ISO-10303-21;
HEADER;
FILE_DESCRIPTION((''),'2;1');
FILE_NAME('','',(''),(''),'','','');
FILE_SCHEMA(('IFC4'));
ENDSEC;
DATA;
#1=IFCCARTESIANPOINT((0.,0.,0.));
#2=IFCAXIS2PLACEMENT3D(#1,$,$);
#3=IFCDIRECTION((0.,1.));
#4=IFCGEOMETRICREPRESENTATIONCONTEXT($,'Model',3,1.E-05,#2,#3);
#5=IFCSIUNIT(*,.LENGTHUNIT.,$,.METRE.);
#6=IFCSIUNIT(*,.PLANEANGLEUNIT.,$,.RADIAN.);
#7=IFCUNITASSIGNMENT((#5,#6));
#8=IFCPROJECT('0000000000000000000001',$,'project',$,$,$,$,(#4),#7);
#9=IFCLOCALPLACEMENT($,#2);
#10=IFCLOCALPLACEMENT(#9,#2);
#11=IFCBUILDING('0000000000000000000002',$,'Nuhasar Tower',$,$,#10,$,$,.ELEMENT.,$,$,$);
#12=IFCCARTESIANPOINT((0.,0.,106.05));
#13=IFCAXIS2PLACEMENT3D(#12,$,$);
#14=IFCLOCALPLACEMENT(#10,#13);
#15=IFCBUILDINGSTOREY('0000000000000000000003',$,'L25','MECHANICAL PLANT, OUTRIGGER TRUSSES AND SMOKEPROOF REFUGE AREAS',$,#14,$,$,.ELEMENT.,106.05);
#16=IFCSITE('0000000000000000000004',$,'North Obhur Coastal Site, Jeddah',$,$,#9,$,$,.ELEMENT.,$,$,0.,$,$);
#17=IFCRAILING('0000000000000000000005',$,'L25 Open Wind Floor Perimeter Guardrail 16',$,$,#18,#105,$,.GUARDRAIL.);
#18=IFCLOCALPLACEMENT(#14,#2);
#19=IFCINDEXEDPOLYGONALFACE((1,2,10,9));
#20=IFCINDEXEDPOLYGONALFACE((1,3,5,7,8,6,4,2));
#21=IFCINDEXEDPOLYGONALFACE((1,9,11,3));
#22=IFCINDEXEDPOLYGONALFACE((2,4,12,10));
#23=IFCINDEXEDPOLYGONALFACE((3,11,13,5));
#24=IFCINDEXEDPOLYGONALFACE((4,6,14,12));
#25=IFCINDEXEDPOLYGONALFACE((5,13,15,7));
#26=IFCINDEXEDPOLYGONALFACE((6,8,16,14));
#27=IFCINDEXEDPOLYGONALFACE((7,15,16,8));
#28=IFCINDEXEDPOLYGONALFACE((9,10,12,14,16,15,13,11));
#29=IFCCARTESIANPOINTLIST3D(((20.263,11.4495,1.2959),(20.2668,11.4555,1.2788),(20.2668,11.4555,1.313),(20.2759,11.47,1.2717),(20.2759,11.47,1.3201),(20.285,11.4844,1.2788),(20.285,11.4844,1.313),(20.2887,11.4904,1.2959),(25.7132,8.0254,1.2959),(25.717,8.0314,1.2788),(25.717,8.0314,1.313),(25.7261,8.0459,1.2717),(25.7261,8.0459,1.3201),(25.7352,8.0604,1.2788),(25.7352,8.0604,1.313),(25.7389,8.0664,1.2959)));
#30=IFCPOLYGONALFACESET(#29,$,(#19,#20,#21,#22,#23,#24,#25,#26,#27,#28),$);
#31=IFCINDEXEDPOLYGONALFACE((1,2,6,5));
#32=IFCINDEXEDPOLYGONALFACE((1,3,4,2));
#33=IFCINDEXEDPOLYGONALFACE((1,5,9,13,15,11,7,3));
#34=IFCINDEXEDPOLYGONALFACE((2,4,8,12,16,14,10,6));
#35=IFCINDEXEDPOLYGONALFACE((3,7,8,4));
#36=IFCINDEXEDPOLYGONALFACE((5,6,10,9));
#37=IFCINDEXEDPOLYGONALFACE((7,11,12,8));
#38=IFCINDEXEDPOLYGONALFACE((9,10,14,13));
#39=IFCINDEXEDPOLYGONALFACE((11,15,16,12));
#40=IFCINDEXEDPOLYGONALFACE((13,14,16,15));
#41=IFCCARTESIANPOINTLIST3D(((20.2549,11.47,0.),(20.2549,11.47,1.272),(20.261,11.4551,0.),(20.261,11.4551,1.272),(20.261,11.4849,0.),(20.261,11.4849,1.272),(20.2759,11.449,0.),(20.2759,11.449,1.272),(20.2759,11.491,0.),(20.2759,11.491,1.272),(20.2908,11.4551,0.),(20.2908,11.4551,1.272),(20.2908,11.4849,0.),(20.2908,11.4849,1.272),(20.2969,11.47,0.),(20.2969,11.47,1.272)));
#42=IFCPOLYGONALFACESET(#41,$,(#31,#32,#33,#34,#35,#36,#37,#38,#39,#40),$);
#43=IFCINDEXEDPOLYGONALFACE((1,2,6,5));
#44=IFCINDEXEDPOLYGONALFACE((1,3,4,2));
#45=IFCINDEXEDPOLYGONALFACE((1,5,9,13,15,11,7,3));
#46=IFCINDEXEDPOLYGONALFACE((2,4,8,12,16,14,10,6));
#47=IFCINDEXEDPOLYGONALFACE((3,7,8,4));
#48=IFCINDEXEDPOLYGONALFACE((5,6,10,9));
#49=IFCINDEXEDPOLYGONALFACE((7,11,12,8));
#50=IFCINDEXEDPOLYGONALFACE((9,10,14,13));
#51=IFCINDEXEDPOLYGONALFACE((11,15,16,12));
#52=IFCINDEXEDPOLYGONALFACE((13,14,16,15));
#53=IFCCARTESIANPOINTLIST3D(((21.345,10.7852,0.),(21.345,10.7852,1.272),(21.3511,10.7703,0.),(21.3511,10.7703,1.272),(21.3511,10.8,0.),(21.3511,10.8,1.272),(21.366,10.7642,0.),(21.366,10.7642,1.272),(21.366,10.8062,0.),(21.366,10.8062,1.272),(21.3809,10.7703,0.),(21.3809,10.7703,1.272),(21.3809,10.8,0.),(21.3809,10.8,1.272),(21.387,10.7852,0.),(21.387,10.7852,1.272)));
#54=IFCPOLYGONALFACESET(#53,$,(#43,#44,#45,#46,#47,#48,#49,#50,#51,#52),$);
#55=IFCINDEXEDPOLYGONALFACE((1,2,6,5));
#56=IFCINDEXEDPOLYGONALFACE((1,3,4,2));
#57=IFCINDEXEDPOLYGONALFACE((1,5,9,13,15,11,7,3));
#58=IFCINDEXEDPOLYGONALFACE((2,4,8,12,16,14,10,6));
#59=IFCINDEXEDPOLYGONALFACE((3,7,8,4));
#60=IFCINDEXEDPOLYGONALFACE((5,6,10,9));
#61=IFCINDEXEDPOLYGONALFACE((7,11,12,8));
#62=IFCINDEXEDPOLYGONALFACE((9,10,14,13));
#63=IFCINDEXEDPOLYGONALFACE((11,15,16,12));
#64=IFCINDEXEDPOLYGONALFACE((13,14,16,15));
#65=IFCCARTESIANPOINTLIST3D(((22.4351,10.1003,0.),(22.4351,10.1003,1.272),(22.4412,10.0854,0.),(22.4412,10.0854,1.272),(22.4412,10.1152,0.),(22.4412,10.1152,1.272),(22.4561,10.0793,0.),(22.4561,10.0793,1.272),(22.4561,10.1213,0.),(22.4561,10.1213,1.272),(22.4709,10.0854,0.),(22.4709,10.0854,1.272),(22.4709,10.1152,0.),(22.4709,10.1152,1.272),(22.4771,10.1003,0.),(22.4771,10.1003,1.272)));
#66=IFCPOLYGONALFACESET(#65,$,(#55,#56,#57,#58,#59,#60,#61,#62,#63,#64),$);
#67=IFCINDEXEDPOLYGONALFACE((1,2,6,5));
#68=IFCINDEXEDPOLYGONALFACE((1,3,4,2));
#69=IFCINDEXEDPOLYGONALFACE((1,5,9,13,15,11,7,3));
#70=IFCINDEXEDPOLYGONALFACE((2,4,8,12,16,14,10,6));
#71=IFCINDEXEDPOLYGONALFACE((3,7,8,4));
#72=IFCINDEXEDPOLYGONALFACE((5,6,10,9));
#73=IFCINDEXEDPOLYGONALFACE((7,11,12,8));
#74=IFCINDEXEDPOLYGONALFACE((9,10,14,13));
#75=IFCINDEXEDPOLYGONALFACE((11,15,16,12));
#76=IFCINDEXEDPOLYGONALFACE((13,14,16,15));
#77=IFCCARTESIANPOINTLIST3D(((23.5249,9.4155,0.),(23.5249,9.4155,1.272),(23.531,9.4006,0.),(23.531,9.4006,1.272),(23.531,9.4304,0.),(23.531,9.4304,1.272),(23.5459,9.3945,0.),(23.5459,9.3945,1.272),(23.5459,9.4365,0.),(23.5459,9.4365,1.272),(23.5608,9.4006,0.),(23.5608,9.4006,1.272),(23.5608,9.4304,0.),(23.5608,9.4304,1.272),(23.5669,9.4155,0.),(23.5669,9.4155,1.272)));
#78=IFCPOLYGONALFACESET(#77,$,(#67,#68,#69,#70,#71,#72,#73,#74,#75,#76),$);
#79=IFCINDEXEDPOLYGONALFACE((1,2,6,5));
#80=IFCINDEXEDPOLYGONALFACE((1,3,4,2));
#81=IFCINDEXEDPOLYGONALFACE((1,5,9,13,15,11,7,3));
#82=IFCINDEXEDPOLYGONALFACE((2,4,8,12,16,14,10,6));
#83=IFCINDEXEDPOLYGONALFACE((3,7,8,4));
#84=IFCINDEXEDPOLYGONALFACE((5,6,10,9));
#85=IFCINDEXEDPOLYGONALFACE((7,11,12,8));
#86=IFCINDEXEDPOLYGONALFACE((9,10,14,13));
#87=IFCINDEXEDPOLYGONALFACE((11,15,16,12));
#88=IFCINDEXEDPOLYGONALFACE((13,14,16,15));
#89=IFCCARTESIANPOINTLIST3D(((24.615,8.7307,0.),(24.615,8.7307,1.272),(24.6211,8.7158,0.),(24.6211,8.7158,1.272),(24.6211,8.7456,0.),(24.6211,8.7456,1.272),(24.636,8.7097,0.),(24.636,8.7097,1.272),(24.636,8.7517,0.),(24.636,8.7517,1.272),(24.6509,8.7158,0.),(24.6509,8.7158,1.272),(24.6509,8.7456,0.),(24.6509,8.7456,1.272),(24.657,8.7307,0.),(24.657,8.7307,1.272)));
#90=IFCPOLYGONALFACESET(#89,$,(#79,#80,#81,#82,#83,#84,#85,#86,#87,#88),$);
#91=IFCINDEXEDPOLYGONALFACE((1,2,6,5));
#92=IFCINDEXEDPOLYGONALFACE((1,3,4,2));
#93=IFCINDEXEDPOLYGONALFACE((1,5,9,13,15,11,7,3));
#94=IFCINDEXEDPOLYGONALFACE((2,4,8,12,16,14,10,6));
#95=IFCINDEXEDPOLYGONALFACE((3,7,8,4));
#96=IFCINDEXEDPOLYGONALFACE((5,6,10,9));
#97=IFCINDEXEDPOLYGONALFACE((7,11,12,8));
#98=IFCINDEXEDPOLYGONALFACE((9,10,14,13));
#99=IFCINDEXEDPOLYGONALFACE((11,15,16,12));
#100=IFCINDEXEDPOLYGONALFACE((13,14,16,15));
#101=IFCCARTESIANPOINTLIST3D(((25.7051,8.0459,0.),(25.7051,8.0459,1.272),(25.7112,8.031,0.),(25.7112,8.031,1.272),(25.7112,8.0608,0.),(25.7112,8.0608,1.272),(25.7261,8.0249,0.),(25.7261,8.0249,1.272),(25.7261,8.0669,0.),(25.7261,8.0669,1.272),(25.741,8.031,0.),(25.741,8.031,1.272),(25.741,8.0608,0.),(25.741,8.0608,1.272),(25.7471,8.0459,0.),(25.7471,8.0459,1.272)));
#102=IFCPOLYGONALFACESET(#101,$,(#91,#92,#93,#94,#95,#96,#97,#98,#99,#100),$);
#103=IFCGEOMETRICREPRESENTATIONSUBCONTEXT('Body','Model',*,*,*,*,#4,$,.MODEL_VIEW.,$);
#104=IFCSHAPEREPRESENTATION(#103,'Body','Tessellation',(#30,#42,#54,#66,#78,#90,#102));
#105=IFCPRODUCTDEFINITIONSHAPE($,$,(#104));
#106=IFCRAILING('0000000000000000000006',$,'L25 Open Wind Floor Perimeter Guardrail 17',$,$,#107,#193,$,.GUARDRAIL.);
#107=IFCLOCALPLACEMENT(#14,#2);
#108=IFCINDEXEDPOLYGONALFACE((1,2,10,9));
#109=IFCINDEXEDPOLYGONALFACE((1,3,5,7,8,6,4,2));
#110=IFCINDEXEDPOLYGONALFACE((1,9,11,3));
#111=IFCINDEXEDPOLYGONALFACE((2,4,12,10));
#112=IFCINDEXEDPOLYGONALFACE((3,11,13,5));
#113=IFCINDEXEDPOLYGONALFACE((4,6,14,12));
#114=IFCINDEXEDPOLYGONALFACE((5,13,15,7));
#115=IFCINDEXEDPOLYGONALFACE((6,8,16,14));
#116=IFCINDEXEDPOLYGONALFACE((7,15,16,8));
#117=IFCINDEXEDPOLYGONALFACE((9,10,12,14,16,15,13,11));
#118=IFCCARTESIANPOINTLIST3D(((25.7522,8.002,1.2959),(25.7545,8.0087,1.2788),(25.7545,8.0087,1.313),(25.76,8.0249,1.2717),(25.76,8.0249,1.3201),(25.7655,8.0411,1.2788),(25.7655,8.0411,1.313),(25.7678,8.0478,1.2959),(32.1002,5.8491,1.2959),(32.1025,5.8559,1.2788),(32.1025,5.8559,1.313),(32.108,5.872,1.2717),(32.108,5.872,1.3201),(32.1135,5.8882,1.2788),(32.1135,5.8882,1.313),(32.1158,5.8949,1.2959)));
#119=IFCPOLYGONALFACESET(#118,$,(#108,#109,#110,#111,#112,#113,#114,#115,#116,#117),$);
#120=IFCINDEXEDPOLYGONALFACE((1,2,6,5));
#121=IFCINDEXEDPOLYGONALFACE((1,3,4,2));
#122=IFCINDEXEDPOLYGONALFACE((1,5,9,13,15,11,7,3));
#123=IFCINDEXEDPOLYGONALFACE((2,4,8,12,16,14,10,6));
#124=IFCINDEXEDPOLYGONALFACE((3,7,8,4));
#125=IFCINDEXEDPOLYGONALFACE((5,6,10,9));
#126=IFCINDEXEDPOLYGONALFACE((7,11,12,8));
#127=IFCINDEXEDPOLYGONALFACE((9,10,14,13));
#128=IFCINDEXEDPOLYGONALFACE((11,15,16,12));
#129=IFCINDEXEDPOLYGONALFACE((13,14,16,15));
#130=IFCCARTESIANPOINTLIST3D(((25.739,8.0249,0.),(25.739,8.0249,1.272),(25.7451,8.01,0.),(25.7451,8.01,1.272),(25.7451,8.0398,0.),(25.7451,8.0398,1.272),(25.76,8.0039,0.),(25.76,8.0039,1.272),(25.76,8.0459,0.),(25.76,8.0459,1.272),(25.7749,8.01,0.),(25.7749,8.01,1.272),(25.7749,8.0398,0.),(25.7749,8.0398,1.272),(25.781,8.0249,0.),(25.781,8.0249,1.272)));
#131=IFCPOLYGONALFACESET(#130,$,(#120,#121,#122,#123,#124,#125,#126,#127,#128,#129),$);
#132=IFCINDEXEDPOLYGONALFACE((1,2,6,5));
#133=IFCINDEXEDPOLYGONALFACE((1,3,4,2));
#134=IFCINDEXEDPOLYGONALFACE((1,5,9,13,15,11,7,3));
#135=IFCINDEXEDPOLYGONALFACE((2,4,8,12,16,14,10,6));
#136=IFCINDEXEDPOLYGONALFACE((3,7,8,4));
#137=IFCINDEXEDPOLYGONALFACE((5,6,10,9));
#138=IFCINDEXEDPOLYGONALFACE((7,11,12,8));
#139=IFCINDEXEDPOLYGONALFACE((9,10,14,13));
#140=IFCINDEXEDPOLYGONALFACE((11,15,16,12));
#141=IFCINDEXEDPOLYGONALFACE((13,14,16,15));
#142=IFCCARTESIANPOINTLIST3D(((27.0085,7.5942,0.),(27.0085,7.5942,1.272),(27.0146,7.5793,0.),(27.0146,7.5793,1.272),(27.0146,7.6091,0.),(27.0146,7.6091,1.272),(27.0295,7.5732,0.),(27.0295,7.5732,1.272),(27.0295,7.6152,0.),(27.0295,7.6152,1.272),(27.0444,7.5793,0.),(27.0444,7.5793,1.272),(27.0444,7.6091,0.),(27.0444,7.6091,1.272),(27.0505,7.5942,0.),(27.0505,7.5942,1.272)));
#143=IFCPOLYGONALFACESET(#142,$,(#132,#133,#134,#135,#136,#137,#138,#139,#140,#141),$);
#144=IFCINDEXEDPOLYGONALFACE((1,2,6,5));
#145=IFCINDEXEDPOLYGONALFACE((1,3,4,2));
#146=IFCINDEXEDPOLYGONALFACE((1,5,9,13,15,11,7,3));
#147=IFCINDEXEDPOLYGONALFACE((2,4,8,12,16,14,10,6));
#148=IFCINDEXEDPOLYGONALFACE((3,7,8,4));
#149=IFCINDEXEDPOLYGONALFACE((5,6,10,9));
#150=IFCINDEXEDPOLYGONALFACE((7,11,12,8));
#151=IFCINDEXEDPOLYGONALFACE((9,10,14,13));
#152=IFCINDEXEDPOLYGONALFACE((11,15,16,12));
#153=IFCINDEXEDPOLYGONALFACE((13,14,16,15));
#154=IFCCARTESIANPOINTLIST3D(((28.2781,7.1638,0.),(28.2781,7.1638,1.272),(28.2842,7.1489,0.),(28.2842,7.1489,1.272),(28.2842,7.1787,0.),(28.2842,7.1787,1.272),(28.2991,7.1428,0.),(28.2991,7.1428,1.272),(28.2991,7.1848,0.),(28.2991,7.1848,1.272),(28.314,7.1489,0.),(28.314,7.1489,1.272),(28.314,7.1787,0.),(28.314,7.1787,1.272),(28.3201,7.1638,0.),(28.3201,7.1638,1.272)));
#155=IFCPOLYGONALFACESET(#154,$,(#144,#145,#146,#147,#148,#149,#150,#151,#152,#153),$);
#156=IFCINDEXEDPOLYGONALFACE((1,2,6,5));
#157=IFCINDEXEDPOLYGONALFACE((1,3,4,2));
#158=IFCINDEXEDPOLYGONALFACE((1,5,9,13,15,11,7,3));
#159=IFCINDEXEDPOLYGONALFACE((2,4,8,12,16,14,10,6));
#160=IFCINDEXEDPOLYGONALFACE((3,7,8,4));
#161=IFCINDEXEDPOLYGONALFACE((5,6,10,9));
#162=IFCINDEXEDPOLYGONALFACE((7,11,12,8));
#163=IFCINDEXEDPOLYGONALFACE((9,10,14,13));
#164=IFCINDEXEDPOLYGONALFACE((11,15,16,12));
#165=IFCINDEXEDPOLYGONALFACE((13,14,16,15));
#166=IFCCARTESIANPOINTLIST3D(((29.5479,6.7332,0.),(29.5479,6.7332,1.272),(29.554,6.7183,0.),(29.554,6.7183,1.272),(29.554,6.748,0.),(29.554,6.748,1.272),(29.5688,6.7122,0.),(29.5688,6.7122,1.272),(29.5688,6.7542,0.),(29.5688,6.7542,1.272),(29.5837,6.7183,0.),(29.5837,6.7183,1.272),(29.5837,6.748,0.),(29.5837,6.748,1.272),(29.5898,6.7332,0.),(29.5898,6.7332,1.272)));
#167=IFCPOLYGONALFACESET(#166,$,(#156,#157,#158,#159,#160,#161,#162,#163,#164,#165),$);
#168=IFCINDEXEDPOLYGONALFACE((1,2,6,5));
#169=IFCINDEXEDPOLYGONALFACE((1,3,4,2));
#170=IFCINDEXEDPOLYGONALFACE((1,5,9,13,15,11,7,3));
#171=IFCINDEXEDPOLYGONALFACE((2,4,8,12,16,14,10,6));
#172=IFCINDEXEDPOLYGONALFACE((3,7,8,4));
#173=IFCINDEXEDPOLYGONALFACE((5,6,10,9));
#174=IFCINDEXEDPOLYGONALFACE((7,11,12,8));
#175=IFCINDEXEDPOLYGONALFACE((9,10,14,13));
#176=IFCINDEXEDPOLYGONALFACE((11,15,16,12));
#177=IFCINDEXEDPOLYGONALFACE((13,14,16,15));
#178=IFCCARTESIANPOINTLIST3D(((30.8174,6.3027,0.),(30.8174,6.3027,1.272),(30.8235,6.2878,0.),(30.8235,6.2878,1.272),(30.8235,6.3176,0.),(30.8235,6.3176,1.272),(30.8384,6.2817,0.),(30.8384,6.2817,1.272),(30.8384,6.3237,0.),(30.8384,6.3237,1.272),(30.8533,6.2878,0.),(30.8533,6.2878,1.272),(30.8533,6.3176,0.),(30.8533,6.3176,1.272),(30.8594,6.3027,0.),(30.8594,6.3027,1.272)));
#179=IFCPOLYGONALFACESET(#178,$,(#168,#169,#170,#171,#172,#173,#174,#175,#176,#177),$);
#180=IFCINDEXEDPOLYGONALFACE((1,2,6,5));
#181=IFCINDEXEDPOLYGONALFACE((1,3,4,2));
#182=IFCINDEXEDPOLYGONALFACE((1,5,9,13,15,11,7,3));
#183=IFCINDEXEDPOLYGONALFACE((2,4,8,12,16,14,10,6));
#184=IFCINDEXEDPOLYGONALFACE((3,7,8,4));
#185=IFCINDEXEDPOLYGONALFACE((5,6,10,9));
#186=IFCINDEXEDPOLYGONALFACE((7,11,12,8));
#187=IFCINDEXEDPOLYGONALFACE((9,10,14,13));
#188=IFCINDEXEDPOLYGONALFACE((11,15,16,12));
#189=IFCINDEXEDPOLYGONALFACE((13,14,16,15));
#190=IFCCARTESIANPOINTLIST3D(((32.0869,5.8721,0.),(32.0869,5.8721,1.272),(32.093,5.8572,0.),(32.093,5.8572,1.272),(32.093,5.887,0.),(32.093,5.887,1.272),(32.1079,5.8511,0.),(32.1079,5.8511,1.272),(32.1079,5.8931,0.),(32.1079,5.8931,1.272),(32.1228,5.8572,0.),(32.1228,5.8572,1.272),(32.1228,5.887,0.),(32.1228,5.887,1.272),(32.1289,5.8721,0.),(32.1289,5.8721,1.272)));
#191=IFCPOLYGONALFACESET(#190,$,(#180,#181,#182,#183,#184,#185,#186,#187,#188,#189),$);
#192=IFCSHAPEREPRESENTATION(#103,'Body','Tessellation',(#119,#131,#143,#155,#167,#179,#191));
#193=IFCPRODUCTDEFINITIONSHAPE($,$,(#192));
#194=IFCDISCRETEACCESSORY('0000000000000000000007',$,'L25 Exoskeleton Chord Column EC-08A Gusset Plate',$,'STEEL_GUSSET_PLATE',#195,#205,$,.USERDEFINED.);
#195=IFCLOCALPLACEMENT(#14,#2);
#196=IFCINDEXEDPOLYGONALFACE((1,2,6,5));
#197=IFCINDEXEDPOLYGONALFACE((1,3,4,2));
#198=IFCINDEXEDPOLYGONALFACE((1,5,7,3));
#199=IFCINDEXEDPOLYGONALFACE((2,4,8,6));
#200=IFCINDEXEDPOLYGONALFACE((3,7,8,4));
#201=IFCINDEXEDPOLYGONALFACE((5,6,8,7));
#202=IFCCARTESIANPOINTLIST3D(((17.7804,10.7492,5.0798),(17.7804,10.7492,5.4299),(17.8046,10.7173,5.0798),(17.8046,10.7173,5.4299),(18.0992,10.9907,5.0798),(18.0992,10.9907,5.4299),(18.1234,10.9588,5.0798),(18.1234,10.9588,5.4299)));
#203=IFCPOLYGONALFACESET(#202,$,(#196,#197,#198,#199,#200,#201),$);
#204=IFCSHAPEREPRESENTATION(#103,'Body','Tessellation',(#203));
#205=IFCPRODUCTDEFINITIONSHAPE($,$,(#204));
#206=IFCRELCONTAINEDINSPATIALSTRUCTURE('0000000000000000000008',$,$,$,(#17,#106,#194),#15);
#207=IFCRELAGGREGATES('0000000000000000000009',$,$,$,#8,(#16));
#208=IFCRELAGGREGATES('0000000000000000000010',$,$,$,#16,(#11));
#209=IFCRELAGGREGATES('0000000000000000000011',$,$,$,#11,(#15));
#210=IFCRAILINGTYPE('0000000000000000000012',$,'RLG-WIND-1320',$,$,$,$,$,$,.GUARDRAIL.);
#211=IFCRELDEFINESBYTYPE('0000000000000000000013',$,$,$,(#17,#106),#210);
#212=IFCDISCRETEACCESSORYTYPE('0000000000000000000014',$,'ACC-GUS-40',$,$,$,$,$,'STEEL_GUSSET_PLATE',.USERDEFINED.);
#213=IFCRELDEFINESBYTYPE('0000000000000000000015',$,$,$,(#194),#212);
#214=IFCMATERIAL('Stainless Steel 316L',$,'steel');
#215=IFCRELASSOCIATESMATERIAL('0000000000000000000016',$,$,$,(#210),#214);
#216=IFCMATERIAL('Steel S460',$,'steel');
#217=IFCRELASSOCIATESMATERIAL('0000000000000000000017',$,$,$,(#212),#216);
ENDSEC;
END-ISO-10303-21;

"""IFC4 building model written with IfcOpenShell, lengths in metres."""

from ifc_helpers import new_model, si_unit, direction, frame, origin, origin_2d, place, context, subcontext, project, spatial, polyline, rectangle, outline, extrude, material, type_object, element, save


model = new_model("IFC4")

# Units and contexts
model_context = context("Model", 3, precision=1e-05, world=origin(), true_north=direction((0.0, 1.0)))
body_context = subcontext(model_context, "Body", "Model", "MODEL_VIEW")
ifc_project = project(units=[si_unit("LENGTHUNIT", "METRE"), si_unit("PLANEANGLEUNIT", "RADIAN")], contexts=[model_context])

# Site, building, storey
site_placement = place(None, origin())
site = spatial("IfcSite", under=ifc_project, at=site_placement, Name="North Obhur Coastal Site, Jeddah", CompositionType="ELEMENT", RefElevation=0.0)
building_placement = place(site_placement, origin())
building = spatial("IfcBuilding", under=site, at=building_placement, Name="Nuhasar Tower", CompositionType="ELEMENT")
storey_placement = place(building_placement, frame((0.0, 0.0, 106.05)))
storey = spatial("IfcBuildingStorey", under=building, at=storey_placement, Name="L25", Description="MECHANICAL PLANT, OUTRIGGER TRUSSES AND SMOKEPROOF REFUGE AREAS", CompositionType="ELEMENT", Elevation=106.05)

# Shared definitions
ifc_material_1 = material(Name="Steel S460", Category="steel")

# Railings
ifc_material_2 = material(Name="Stainless Steel 316L", Category="steel")
railing_type = type_object("IfcRailingType", Name="RLG-WIND-1320", PredefinedType="GUARDRAIL", material=ifc_material_2)
railing_1_placement = place(storey_placement, frame((20.2759, 11.47, 0.0)))
element("IfcRailing", 1, at=railing_1_placement, inside=storey, type_object=railing_type, Name="L25 Open Wind Floor Perimeter Guardrail 16", PredefinedType="GUARDRAIL", context=body_context, shape_type="SweptSolid", body=[
    extrude(outline(polyline([(0.0242, 0.0), (0.0171, 0.0171), (0.0, 0.0242), (-0.0171, 0.0171), (-0.0242, 0.0), (-0.0171, -0.0171), (0.0, -0.0242), (0.0171, -0.0171), (0.0242, 0.0)])), frame((0.0, 0.0, 1.2959), z_axis=(0.84676, -0.531975, 0.0), x_axis=(0.531975, 0.84676, 0.0)), (0.0, 0.0, 1.0), 6.4365),
    extrude(outline(polyline([(0.021, 0.0), (0.0149, 0.0149), (0.0, 0.021), (-0.0149, 0.0149), (-0.021, 0.0), (-0.0149, -0.0149), (0.0, -0.021), (0.0149, -0.0149), (0.021, 0.0)])), origin(), (0.0, 0.0, 1.0), 1.272),
    extrude(outline(polyline([(0.021, 0.0), (0.0149, 0.0149), (0.0, 0.021), (-0.0149, 0.0149), (-0.021, 0.0), (-0.0149, -0.0149), (0.0, -0.021), (0.0149, -0.0149), (0.021, 0.0)])), frame((1.0901, -0.6848, 0.0)), (0.0, 0.0, 1.0), 1.272),
    extrude(outline(polyline([(0.021, 0.0), (0.0149, 0.0149), (0.0, 0.021), (-0.0149, 0.0149), (-0.021, 0.0), (-0.0149, -0.0149), (0.0, -0.021), (0.0149, -0.0149), (0.021, 0.0)])), frame((2.1802, -1.3696, 0.0)), (0.0, 0.0, 1.0), 1.272),
    extrude(outline(polyline([(0.021, 0.0), (0.0149, 0.0149), (0.0, 0.021), (-0.0149, 0.0149), (-0.021, 0.0), (-0.0149, -0.0149), (0.0, -0.021), (0.0149, -0.0149), (0.021, 0.0)])), frame((3.27, -2.0544, 0.0)), (0.0, 0.0, 1.0), 1.272),
    extrude(outline(polyline([(0.021, 0.0), (0.0149, 0.0149), (0.0, 0.021), (-0.0149, 0.0149), (-0.021, 0.0), (-0.0149, -0.0149), (0.0, -0.021), (0.0149, -0.0149), (0.021, 0.0)])), frame((4.3601, -2.7393, 0.0)), (0.0, 0.0, 1.0), 1.272),
    extrude(outline(polyline([(0.021, 0.0), (0.0149, 0.0149), (0.0, 0.021), (-0.0149, 0.0149), (-0.021, 0.0), (-0.0149, -0.0149), (0.0, -0.021), (0.0149, -0.0149), (0.021, 0.0)])), frame((5.4502, -3.4241, 0.0)), (0.0, 0.0, 1.0), 1.272),
])
railing_2_placement = place(storey_placement, frame((25.76, 8.0249, 0.0)))
element("IfcRailing", 2, at=railing_2_placement, inside=storey, type_object=railing_type, Name="L25 Open Wind Floor Perimeter Guardrail 17", PredefinedType="GUARDRAIL", context=body_context, shape_type="SweptSolid", body=[
    extrude(outline(polyline([(0.0242, 0.0), (0.0171, 0.0171), (0.0, 0.0242), (-0.0171, 0.0171), (-0.0242, 0.0), (-0.0171, -0.0171), (0.0, -0.0242), (0.0171, -0.0171), (0.0242, 0.0)])), frame((0.0, 0.0, 1.2959), z_axis=(0.94702, -0.321173, 0.0), x_axis=(0.321173, 0.94702, 0.0)), (0.0, 0.0, 1.0), 6.7031),
    extrude(outline(polyline([(0.021, 0.0), (0.0149, 0.0149), (0.0, 0.021), (-0.0149, 0.0149), (-0.021, 0.0), (-0.0149, -0.0149), (0.0, -0.021), (0.0149, -0.0149), (0.021, 0.0)])), origin(), (0.0, 0.0, 1.0), 1.272),
    extrude(outline(polyline([(0.021, 0.0), (0.0149, 0.0149), (0.0, 0.021), (-0.0149, 0.0149), (-0.021, 0.0), (-0.0149, -0.0149), (0.0, -0.021), (0.0149, -0.0149), (0.021, 0.0)])), frame((1.2695, -0.4307, 0.0)), (0.0, 0.0, 1.0), 1.272),
    extrude(outline(polyline([(0.021, 0.0), (0.0149, 0.0149), (0.0, 0.021), (-0.0149, 0.0149), (-0.021, 0.0), (-0.0149, -0.0149), (0.0, -0.021), (0.0149, -0.0149), (0.021, 0.0)])), frame((2.5391, -0.8611, 0.0)), (0.0, 0.0, 1.0), 1.272),
    extrude(outline(polyline([(0.021, 0.0), (0.0149, 0.0149), (0.0, 0.021), (-0.0149, 0.0149), (-0.021, 0.0), (-0.0149, -0.0149), (0.0, -0.021), (0.0149, -0.0149), (0.021, 0.0)])), frame((3.8088, -1.2917, 0.0)), (0.0, 0.0, 1.0), 1.272),
    extrude(outline(polyline([(0.021, 0.0), (0.0149, 0.0149), (0.0, 0.021), (-0.0149, 0.0149), (-0.021, 0.0), (-0.0149, -0.0149), (0.0, -0.021), (0.0149, -0.0149), (0.021, 0.0)])), frame((5.0784, -1.7222, 0.0)), (0.0, 0.0, 1.0), 1.272),
    extrude(outline(polyline([(0.021, 0.0), (0.0149, 0.0149), (0.0, 0.021), (-0.0149, 0.0149), (-0.021, 0.0), (-0.0149, -0.0149), (0.0, -0.021), (0.0149, -0.0149), (0.021, 0.0)])), frame((6.3479, -2.1528, 0.0)), (0.0, 0.0, 1.0), 1.272),
])

# Discrete accessory
discrete_accessory_type = type_object("IfcDiscreteAccessoryType", Name="ACC-GUS-40", ElementType="STEEL_GUSSET_PLATE", PredefinedType="USERDEFINED", material=ifc_material_1)
for number, where, z_axis, x_axis, name in (
    (3, (17.9519, 10.854, 5.0798), (0.0, 0.0, 1.0), (-0.797078, -0.603876, 0.0), "L25 Exoskeleton Chord Column EC-08A Gusset Plate"),
):
    element("IfcDiscreteAccessory", number, at=place(storey_placement, frame(where, z_axis=z_axis, x_axis=x_axis)), inside=storey, type_object=discrete_accessory_type, Name=name, ObjectType="STEEL_GUSSET_PLATE", PredefinedType="USERDEFINED", context=body_context, shape_type="SweptSolid", body=[
        extrude(rectangle(XDim=0.3999, YDim=0.04, at=origin_2d()), origin(), (0.0, 0.0, 1.0), 0.3501),
    ])

save(model, "model.ifc")
